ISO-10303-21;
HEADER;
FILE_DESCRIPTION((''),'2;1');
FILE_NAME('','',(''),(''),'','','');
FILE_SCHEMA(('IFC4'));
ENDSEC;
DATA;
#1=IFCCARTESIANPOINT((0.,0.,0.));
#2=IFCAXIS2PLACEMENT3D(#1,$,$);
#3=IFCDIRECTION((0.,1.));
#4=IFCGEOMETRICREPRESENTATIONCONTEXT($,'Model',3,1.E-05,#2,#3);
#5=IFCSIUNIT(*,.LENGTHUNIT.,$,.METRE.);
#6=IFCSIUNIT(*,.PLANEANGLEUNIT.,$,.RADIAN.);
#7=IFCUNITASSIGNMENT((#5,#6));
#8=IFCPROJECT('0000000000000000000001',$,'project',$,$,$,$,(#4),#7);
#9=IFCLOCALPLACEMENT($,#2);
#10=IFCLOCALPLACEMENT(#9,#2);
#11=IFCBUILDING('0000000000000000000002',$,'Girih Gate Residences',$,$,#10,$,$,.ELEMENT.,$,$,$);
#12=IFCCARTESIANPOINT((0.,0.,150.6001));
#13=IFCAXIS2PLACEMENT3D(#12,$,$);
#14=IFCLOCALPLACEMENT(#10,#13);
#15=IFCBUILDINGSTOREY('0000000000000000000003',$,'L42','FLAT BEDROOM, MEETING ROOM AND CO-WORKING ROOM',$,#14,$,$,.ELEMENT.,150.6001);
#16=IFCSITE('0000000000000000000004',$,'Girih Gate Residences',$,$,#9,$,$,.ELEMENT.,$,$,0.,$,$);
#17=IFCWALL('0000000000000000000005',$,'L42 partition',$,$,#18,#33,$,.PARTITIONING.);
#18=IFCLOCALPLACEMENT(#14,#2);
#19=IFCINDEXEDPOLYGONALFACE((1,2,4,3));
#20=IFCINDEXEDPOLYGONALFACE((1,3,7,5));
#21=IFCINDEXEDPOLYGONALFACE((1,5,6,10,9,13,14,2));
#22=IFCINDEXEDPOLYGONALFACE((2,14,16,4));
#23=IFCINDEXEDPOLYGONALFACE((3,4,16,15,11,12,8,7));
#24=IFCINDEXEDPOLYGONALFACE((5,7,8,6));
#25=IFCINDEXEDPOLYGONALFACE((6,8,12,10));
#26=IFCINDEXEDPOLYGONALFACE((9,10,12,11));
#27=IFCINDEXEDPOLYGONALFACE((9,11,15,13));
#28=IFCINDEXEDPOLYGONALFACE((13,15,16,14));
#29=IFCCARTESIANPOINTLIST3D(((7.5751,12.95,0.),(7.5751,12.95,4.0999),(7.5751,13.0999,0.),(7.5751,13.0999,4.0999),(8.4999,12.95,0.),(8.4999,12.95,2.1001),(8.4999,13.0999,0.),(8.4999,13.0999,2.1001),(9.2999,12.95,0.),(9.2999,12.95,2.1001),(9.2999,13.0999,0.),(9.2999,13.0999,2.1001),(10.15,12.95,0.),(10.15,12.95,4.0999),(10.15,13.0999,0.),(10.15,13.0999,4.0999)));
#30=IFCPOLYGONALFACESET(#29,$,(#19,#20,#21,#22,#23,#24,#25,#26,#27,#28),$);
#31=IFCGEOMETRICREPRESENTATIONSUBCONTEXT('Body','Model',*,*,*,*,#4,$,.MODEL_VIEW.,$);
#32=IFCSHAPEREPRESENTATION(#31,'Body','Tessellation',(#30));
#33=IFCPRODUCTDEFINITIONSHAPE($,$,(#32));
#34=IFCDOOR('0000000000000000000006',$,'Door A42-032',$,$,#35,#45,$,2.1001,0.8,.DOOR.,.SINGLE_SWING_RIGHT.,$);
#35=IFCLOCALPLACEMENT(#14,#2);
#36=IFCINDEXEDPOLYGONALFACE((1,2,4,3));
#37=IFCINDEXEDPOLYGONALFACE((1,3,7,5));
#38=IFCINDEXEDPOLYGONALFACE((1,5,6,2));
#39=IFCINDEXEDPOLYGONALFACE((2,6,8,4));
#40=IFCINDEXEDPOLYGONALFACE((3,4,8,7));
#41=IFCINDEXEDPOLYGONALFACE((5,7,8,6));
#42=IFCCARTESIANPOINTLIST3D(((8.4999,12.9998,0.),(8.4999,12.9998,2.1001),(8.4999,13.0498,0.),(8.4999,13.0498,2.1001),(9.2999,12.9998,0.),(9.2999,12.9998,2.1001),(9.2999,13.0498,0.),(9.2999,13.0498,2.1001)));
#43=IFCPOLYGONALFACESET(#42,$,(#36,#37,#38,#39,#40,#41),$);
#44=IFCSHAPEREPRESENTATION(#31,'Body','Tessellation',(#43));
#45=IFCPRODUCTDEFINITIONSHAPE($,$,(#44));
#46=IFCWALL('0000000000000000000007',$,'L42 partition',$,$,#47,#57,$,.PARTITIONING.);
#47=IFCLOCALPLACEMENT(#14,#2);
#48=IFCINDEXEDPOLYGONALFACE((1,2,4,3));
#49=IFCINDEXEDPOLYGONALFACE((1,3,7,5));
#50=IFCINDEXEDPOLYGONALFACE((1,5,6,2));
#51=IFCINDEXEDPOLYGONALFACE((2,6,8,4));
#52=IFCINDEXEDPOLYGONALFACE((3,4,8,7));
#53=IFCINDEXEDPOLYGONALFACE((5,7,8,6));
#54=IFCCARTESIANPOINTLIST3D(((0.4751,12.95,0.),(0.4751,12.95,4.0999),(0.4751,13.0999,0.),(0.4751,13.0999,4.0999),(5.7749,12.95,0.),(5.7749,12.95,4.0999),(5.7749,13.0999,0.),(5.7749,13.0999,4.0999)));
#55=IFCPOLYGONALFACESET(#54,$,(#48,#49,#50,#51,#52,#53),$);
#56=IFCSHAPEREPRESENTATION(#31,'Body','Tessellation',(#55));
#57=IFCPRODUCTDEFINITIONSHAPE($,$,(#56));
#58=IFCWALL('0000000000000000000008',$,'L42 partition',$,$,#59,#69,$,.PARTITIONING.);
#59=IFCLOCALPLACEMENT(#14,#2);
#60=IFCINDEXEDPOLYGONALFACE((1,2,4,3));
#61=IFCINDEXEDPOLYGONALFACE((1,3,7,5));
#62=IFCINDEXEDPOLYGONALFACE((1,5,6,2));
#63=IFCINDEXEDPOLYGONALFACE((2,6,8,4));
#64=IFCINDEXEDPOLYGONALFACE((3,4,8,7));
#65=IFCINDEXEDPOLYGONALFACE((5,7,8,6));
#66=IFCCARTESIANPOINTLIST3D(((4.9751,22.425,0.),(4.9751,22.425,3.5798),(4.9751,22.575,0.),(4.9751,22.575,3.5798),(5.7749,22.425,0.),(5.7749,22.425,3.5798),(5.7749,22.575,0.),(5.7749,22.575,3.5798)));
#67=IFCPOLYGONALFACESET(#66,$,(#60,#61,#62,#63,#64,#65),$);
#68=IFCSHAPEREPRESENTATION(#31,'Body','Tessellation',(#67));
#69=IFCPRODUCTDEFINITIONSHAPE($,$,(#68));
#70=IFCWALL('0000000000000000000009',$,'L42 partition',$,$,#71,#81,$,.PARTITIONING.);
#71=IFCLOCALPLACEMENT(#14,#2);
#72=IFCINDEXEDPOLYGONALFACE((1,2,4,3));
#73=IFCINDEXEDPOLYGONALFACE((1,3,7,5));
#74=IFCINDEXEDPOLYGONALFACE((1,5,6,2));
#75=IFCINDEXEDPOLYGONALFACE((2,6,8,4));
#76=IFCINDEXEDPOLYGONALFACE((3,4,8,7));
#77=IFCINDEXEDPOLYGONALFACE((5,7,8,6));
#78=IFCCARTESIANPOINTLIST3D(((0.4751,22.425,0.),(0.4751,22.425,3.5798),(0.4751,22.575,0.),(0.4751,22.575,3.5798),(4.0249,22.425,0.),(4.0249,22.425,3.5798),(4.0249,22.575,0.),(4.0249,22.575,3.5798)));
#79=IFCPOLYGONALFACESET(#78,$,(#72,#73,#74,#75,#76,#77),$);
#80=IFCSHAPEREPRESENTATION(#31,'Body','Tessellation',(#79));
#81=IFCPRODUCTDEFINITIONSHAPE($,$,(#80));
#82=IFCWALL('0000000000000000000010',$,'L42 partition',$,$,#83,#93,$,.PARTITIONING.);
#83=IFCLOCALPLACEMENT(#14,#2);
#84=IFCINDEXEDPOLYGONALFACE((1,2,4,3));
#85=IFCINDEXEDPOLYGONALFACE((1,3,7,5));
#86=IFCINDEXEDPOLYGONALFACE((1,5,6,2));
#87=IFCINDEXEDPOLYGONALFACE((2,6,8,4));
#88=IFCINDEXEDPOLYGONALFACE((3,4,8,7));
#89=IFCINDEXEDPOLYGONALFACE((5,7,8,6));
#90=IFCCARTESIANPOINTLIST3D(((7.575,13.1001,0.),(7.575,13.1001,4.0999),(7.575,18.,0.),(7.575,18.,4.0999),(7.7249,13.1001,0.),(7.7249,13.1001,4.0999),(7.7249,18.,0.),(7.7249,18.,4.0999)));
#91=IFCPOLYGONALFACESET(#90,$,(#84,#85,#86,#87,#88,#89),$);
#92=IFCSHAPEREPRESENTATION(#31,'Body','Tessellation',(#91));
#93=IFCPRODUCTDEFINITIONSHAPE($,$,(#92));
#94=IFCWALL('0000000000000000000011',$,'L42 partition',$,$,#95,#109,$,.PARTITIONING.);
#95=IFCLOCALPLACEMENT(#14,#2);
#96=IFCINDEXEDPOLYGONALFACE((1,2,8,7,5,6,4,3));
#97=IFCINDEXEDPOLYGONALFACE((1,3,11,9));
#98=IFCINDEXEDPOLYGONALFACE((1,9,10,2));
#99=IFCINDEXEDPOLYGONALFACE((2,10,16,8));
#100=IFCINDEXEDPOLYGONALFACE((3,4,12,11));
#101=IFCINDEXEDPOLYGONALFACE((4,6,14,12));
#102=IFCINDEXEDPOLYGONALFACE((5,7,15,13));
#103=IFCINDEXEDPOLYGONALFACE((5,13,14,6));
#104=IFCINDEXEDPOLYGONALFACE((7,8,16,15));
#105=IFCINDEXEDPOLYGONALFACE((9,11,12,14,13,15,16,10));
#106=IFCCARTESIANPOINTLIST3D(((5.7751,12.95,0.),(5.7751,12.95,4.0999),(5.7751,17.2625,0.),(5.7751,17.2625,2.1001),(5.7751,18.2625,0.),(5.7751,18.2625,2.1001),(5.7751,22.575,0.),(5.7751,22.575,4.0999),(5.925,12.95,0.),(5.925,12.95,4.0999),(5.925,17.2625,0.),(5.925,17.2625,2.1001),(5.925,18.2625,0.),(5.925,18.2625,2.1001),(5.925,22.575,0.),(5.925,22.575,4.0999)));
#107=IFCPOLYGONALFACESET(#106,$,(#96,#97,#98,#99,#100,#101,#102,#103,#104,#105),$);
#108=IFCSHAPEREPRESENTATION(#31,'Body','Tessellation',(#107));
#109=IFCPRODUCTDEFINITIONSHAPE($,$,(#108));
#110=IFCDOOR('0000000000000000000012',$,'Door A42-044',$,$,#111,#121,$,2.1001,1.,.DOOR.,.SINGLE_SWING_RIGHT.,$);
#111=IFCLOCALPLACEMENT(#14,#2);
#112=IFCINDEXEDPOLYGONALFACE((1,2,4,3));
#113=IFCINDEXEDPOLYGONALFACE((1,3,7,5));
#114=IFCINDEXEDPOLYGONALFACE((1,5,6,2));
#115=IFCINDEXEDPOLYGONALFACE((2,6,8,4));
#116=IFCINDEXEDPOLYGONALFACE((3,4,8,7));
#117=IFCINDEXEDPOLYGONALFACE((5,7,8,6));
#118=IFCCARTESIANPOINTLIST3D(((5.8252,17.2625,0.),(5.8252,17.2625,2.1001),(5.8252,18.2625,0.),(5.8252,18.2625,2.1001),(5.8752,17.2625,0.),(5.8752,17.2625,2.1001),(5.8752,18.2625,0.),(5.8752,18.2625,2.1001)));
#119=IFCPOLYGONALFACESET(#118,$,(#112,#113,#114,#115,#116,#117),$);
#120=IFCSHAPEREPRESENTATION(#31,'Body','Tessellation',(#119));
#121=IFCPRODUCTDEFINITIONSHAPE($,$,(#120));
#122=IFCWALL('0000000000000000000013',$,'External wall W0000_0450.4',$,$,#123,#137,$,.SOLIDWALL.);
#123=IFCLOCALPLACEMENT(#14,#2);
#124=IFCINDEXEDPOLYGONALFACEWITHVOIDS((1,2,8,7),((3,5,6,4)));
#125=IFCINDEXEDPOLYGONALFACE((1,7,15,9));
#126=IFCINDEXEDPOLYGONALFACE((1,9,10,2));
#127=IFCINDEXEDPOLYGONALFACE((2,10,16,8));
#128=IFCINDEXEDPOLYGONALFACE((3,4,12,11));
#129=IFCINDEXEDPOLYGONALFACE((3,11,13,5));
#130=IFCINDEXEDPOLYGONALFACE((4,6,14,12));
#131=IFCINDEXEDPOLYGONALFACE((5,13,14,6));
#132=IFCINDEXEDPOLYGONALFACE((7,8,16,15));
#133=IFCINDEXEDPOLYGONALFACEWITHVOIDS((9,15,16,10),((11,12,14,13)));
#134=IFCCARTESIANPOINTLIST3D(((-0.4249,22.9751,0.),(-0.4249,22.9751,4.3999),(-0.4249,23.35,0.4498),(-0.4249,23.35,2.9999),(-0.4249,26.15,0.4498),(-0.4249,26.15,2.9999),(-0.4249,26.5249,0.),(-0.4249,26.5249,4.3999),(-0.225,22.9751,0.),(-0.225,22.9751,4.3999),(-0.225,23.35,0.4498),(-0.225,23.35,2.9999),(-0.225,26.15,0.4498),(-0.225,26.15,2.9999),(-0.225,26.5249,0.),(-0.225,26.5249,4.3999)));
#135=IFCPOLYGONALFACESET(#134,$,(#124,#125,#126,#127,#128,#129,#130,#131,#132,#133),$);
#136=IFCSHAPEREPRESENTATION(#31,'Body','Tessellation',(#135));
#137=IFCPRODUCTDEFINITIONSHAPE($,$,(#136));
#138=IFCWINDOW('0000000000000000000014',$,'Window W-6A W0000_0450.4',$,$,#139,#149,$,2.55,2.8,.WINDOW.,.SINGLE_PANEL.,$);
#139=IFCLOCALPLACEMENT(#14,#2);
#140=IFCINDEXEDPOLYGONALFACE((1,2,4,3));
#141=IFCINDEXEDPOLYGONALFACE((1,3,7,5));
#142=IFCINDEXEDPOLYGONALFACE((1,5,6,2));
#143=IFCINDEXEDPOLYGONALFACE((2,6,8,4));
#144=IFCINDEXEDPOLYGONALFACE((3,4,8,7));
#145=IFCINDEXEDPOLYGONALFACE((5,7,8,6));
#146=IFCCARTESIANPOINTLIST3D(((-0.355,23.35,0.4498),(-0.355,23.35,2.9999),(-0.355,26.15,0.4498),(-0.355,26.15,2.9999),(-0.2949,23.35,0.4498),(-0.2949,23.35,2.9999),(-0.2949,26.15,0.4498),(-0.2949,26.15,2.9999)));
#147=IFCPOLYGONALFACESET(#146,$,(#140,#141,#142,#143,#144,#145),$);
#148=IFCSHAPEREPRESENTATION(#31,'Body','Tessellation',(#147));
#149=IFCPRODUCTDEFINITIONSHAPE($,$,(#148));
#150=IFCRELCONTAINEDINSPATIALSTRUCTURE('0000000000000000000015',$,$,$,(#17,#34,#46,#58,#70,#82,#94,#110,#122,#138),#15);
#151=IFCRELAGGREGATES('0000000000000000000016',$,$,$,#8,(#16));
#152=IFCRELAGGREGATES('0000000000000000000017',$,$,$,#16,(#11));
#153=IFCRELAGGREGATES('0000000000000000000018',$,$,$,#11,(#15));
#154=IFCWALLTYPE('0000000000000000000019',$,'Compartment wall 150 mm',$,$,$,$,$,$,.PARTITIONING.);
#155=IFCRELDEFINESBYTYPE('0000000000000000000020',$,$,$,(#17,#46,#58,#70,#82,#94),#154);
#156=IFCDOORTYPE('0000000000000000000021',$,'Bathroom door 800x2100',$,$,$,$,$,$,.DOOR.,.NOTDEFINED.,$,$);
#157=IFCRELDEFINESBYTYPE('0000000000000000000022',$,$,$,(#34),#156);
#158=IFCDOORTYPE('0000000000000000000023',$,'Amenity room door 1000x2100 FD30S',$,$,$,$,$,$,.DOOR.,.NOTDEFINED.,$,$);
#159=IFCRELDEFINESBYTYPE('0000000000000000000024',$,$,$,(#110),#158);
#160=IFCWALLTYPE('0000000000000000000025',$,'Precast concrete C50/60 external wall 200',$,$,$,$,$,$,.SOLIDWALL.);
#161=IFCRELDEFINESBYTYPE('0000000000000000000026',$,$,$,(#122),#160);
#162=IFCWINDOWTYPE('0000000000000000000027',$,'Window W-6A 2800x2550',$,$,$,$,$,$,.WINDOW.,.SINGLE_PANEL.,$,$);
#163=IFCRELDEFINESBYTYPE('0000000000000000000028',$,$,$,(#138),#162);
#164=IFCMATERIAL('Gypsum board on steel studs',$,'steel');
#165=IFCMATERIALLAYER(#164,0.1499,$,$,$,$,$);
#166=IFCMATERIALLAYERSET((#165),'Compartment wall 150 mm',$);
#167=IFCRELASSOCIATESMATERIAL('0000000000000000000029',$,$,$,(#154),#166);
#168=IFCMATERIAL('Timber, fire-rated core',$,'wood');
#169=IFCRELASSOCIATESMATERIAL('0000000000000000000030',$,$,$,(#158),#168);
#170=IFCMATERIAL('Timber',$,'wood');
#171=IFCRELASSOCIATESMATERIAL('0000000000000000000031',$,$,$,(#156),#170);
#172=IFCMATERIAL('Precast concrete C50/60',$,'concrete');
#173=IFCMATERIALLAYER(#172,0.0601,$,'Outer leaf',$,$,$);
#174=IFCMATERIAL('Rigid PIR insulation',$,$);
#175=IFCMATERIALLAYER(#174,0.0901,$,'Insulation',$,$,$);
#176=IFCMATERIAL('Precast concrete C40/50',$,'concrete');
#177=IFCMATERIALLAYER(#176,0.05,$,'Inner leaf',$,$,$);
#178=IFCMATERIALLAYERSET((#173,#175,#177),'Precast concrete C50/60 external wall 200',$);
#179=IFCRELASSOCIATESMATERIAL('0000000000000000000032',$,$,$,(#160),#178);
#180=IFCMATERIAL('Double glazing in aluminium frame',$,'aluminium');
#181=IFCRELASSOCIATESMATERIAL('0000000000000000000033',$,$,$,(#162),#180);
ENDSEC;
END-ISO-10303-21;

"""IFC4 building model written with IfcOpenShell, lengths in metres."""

from ifc_helpers import new_model, si_unit, direction, frame, frame_2d, origin, place, context, subcontext, project, spatial, rectangle, extrude, material, layer, layer_set, type_object, element, fill, save


model = new_model("IFC4")

# Units and contexts
model_context = context("Model", 3, precision=1e-05, world=origin(), true_north=direction((0.0, 1.0)))
body_context = subcontext(model_context, "Body", "Model", "MODEL_VIEW")
ifc_project = project(units=[si_unit("LENGTHUNIT", "METRE"), si_unit("PLANEANGLEUNIT", "RADIAN")], contexts=[model_context])

# Site, building, storey
site_placement = place(None, origin())
site = spatial("IfcSite", under=ifc_project, at=site_placement, Name="Girih Gate Residences", CompositionType="ELEMENT", RefElevation=0.0)
building_placement = place(site_placement, origin())
building = spatial("IfcBuilding", under=site, at=building_placement, Name="Girih Gate Residences", CompositionType="ELEMENT")
storey_placement = place(building_placement, frame((0.0, 0.0, 150.6001)))
storey = spatial("IfcBuildingStorey", under=building, at=storey_placement, Name="L42", Description="FLAT BEDROOM, MEETING ROOM AND CO-WORKING ROOM", CompositionType="ELEMENT", Elevation=150.6001)

# Shared definitions
ifc_material_1 = material(Name="Gypsum board on steel studs", Category="steel")
ifc_layer_1 = layer(ifc_material_1, 0.1499)
ifc_layer_set_1 = layer_set([ifc_layer_1], Name="Compartment wall 150 mm")
wall_type_1 = type_object("IfcWallType", Name="Compartment wall 150 mm", PredefinedType="PARTITIONING", material=ifc_layer_set_1)

# Shared definitions
ifc_material_2 = material(Name="Timber, fire-rated core", Category="wood")
door_type_1 = type_object("IfcDoorType", Name="Amenity room door 1000x2100 FD30S", OperationType="NOTDEFINED", PredefinedType="DOOR", material=ifc_material_2)

# Wall, opening, door
wall_1_placement = place(storey_placement, frame((7.575, 13.0249, 0.0), z_axis=(0.0, 0.0, 1.0), x_axis=(1.0, 0.0, 0.0)))
wall_1 = element("IfcWall", 1, at=wall_1_placement, inside=storey, type_object=wall_type_1, Name="L42 partition", PredefinedType="PARTITIONING", context=body_context, shape_type="SweptSolid", body=[
    extrude(rectangle(XDim=2.575, YDim=0.1499, at=frame_2d((1.2876, 0.0))), origin(), (0.0, 0.0, 1.0), 4.0999),
])
opening_1_placement = place(wall_1_placement, frame((0.925, 0.0, 0.0)))
opening_1 = element("IfcOpeningElement", 2, at=opening_1_placement, cuts=wall_1, PredefinedType="OPENING", context=body_context, shape_type="SweptSolid", body=[
    extrude(rectangle(XDim=0.8, YDim=2.1001, at=frame_2d((0.3999, 1.05))), frame((0.0, 0.085, 0.0), z_axis=(0.0, -1.0, 0.0), x_axis=(1.0, 0.0, 0.0)), (0.0, 0.0, 1.0), 0.1699),
])
ifc_material_3 = material(Name="Timber", Category="wood")
door_type_2 = type_object("IfcDoorType", Name="Bathroom door 800x2100", OperationType="NOTDEFINED", PredefinedType="DOOR", material=ifc_material_3)
door_1_placement = place(opening_1_placement, origin())
door_1 = element("IfcDoor", 3, at=door_1_placement, inside=storey, type_object=door_type_2, Name="Door A42-032", OperationType="SINGLE_SWING_RIGHT", OverallHeight=2.1001, OverallWidth=0.8, PredefinedType="DOOR", context=body_context, shape_type="SweptSolid", body=[
    extrude(rectangle(XDim=0.8, YDim=2.1001, at=frame_2d((0.3999, 1.05))), frame((0.0, 0.0249, 0.0), z_axis=(0.0, -1.0, 0.0), x_axis=(1.0, 0.0, 0.0)), (0.0, 0.0, 1.0), 0.05),
])
fill(opening_1, door_1)

# Walls
wall_2_placement = place(storey_placement, frame((0.4751, 13.0249, 0.0), z_axis=(0.0, 0.0, 1.0), x_axis=(1.0, 0.0, 0.0)))
element("IfcWall", 4, at=wall_2_placement, inside=storey, type_object=wall_type_1, Name="L42 partition", PredefinedType="PARTITIONING", context=body_context, shape_type="SweptSolid", body=[
    extrude(rectangle(XDim=5.2998, YDim=0.1499, at=frame_2d((2.6499, 0.0))), origin(), (0.0, 0.0, 1.0), 4.0999),
])
wall_3_placement = place(storey_placement, frame((4.9751, 22.5, 0.0), z_axis=(0.0, 0.0, 1.0), x_axis=(1.0, 0.0, 0.0)))
element("IfcWall", 5, at=wall_3_placement, inside=storey, type_object=wall_type_1, Name="L42 partition", PredefinedType="PARTITIONING", context=body_context, shape_type="SweptSolid", body=[
    extrude(rectangle(XDim=0.7998, YDim=0.1499, at=frame_2d((0.3999, 0.0))), origin(), (0.0, 0.0, 1.0), 3.5798),
])
wall_4_placement = place(storey_placement, frame((0.4751, 22.5, 0.0), z_axis=(0.0, 0.0, 1.0), x_axis=(1.0, 0.0, 0.0)))
element("IfcWall", 6, at=wall_4_placement, inside=storey, type_object=wall_type_1, Name="L42 partition", PredefinedType="PARTITIONING", context=body_context, shape_type="SweptSolid", body=[
    extrude(rectangle(XDim=3.5498, YDim=0.1499, at=frame_2d((1.7749, 0.0))), origin(), (0.0, 0.0, 1.0), 3.5798),
])
wall_5_placement = place(storey_placement, frame((7.6499, 13.1001, 0.0), z_axis=(0.0, 0.0, 1.0), x_axis=(0.0, 1.0, 0.0)))
element("IfcWall", 7, at=wall_5_placement, inside=storey, type_object=wall_type_1, Name="L42 partition", PredefinedType="PARTITIONING", context=body_context, shape_type="SweptSolid", body=[
    extrude(rectangle(XDim=4.8999, YDim=0.1499, at=frame_2d((2.45, 0.0))), origin(), (0.0, 0.0, 1.0), 4.0999),
])

# Wall, opening, door
wall_6_placement = place(storey_placement, frame((5.8501, 12.95, 0.0), z_axis=(0.0, 0.0, 1.0), x_axis=(0.0, 1.0, 0.0)))
wall_6 = element("IfcWall", 8, at=wall_6_placement, inside=storey, type_object=wall_type_1, Name="L42 partition", PredefinedType="PARTITIONING", context=body_context, shape_type="SweptSolid", body=[
    extrude(rectangle(XDim=9.625, YDim=0.1499, at=frame_2d((4.8125, 0.0))), origin(), (0.0, 0.0, 1.0), 4.0999),
])
opening_2_placement = place(wall_6_placement, frame((4.3125, 0.0, 0.0)))
opening_2 = element("IfcOpeningElement", 9, at=opening_2_placement, cuts=wall_6, PredefinedType="OPENING", context=body_context, shape_type="SweptSolid", body=[
    extrude(rectangle(XDim=1.0, YDim=2.1001, at=frame_2d((0.5, 1.05))), frame((0.0, 0.085, 0.0), z_axis=(0.0, -1.0, 0.0), x_axis=(1.0, 0.0, 0.0)), (0.0, 0.0, 1.0), 0.1699),
])
door_2_placement = place(opening_2_placement, origin())
door_2 = element("IfcDoor", 10, at=door_2_placement, inside=storey, type_object=door_type_1, Name="Door A42-044", OperationType="SINGLE_SWING_RIGHT", OverallHeight=2.1001, OverallWidth=1.0, PredefinedType="DOOR", context=body_context, shape_type="SweptSolid", body=[
    extrude(rectangle(XDim=1.0, YDim=2.1001, at=frame_2d((0.5, 1.05))), frame((0.0, 0.0249, 0.0), z_axis=(0.0, -1.0, 0.0), x_axis=(1.0, 0.0, 0.0)), (0.0, 0.0, 1.0), 0.05),
])
fill(opening_2, door_2)

# Wall, opening, window
ifc_material_4 = material(Name="Precast concrete C50/60", Category="concrete")
ifc_layer_2 = layer(ifc_material_4, 0.0601, Name="Outer leaf")
ifc_material_5 = material(Name="Rigid PIR insulation")
ifc_layer_3 = layer(ifc_material_5, 0.0901, Name="Insulation")
ifc_material_6 = material(Name="Precast concrete C40/50", Category="concrete")
ifc_layer_4 = layer(ifc_material_6, 0.05, Name="Inner leaf")
ifc_layer_set_2 = layer_set([ifc_layer_2, ifc_layer_3, ifc_layer_4], Name="Precast concrete C50/60 external wall 200")
wall_type_2 = type_object("IfcWallType", Name="Precast concrete C50/60 external wall 200", PredefinedType="SOLIDWALL", material=ifc_layer_set_2)
wall_7_placement = place(storey_placement, frame((-0.325, 22.9751, 0.0), z_axis=(0.0, 0.0, 1.0), x_axis=(0.0, 1.0, 0.0)))
wall_7 = element("IfcWall", 11, at=wall_7_placement, inside=storey, type_object=wall_type_2, Name="External wall W0000_0450.4", PredefinedType="SOLIDWALL", context=body_context, shape_type="SweptSolid", body=[
    extrude(rectangle(XDim=3.5498, YDim=0.2, at=frame_2d((1.7749, 0.0))), origin(), (0.0, 0.0, 1.0), 4.3999),
])
opening_3_placement = place(wall_7_placement, frame((0.375, 0.0, 0.45)))
opening_3 = element("IfcOpeningElement", 12, at=opening_3_placement, cuts=wall_7, PredefinedType="OPENING", context=body_context, shape_type="SweptSolid", body=[
    extrude(rectangle(XDim=2.8, YDim=2.55, at=frame_2d((1.3999, 1.2749))), frame((0.0, 0.1099, 0.0), z_axis=(0.0, -1.0, 0.0), x_axis=(1.0, 0.0, 0.0)), (0.0, 0.0, 1.0), 0.22),
])
ifc_material_7 = material(Name="Double glazing in aluminium frame", Category="aluminium")
window_type = type_object("IfcWindowType", Name="Window W-6A 2800x2550", PartitioningType="SINGLE_PANEL", PredefinedType="WINDOW", material=ifc_material_7)
window_1_placement = place(opening_3_placement, origin())
window_1 = element("IfcWindow", 13, at=window_1_placement, inside=storey, type_object=window_type, Name="Window W-6A W0000_0450.4", OverallHeight=2.55, OverallWidth=2.8, PartitioningType="SINGLE_PANEL", PredefinedType="WINDOW", context=body_context, shape_type="SweptSolid", body=[
    extrude(rectangle(XDim=2.8, YDim=2.55, at=frame_2d((1.3999, 1.2749))), frame((0.0, 0.03, 0.0), z_axis=(0.0, -1.0, 0.0), x_axis=(1.0, 0.0, 0.0)), (0.0, 0.0, 1.0), 0.0601),
])
fill(opening_3, window_1)

save(model, "model.ifc")
